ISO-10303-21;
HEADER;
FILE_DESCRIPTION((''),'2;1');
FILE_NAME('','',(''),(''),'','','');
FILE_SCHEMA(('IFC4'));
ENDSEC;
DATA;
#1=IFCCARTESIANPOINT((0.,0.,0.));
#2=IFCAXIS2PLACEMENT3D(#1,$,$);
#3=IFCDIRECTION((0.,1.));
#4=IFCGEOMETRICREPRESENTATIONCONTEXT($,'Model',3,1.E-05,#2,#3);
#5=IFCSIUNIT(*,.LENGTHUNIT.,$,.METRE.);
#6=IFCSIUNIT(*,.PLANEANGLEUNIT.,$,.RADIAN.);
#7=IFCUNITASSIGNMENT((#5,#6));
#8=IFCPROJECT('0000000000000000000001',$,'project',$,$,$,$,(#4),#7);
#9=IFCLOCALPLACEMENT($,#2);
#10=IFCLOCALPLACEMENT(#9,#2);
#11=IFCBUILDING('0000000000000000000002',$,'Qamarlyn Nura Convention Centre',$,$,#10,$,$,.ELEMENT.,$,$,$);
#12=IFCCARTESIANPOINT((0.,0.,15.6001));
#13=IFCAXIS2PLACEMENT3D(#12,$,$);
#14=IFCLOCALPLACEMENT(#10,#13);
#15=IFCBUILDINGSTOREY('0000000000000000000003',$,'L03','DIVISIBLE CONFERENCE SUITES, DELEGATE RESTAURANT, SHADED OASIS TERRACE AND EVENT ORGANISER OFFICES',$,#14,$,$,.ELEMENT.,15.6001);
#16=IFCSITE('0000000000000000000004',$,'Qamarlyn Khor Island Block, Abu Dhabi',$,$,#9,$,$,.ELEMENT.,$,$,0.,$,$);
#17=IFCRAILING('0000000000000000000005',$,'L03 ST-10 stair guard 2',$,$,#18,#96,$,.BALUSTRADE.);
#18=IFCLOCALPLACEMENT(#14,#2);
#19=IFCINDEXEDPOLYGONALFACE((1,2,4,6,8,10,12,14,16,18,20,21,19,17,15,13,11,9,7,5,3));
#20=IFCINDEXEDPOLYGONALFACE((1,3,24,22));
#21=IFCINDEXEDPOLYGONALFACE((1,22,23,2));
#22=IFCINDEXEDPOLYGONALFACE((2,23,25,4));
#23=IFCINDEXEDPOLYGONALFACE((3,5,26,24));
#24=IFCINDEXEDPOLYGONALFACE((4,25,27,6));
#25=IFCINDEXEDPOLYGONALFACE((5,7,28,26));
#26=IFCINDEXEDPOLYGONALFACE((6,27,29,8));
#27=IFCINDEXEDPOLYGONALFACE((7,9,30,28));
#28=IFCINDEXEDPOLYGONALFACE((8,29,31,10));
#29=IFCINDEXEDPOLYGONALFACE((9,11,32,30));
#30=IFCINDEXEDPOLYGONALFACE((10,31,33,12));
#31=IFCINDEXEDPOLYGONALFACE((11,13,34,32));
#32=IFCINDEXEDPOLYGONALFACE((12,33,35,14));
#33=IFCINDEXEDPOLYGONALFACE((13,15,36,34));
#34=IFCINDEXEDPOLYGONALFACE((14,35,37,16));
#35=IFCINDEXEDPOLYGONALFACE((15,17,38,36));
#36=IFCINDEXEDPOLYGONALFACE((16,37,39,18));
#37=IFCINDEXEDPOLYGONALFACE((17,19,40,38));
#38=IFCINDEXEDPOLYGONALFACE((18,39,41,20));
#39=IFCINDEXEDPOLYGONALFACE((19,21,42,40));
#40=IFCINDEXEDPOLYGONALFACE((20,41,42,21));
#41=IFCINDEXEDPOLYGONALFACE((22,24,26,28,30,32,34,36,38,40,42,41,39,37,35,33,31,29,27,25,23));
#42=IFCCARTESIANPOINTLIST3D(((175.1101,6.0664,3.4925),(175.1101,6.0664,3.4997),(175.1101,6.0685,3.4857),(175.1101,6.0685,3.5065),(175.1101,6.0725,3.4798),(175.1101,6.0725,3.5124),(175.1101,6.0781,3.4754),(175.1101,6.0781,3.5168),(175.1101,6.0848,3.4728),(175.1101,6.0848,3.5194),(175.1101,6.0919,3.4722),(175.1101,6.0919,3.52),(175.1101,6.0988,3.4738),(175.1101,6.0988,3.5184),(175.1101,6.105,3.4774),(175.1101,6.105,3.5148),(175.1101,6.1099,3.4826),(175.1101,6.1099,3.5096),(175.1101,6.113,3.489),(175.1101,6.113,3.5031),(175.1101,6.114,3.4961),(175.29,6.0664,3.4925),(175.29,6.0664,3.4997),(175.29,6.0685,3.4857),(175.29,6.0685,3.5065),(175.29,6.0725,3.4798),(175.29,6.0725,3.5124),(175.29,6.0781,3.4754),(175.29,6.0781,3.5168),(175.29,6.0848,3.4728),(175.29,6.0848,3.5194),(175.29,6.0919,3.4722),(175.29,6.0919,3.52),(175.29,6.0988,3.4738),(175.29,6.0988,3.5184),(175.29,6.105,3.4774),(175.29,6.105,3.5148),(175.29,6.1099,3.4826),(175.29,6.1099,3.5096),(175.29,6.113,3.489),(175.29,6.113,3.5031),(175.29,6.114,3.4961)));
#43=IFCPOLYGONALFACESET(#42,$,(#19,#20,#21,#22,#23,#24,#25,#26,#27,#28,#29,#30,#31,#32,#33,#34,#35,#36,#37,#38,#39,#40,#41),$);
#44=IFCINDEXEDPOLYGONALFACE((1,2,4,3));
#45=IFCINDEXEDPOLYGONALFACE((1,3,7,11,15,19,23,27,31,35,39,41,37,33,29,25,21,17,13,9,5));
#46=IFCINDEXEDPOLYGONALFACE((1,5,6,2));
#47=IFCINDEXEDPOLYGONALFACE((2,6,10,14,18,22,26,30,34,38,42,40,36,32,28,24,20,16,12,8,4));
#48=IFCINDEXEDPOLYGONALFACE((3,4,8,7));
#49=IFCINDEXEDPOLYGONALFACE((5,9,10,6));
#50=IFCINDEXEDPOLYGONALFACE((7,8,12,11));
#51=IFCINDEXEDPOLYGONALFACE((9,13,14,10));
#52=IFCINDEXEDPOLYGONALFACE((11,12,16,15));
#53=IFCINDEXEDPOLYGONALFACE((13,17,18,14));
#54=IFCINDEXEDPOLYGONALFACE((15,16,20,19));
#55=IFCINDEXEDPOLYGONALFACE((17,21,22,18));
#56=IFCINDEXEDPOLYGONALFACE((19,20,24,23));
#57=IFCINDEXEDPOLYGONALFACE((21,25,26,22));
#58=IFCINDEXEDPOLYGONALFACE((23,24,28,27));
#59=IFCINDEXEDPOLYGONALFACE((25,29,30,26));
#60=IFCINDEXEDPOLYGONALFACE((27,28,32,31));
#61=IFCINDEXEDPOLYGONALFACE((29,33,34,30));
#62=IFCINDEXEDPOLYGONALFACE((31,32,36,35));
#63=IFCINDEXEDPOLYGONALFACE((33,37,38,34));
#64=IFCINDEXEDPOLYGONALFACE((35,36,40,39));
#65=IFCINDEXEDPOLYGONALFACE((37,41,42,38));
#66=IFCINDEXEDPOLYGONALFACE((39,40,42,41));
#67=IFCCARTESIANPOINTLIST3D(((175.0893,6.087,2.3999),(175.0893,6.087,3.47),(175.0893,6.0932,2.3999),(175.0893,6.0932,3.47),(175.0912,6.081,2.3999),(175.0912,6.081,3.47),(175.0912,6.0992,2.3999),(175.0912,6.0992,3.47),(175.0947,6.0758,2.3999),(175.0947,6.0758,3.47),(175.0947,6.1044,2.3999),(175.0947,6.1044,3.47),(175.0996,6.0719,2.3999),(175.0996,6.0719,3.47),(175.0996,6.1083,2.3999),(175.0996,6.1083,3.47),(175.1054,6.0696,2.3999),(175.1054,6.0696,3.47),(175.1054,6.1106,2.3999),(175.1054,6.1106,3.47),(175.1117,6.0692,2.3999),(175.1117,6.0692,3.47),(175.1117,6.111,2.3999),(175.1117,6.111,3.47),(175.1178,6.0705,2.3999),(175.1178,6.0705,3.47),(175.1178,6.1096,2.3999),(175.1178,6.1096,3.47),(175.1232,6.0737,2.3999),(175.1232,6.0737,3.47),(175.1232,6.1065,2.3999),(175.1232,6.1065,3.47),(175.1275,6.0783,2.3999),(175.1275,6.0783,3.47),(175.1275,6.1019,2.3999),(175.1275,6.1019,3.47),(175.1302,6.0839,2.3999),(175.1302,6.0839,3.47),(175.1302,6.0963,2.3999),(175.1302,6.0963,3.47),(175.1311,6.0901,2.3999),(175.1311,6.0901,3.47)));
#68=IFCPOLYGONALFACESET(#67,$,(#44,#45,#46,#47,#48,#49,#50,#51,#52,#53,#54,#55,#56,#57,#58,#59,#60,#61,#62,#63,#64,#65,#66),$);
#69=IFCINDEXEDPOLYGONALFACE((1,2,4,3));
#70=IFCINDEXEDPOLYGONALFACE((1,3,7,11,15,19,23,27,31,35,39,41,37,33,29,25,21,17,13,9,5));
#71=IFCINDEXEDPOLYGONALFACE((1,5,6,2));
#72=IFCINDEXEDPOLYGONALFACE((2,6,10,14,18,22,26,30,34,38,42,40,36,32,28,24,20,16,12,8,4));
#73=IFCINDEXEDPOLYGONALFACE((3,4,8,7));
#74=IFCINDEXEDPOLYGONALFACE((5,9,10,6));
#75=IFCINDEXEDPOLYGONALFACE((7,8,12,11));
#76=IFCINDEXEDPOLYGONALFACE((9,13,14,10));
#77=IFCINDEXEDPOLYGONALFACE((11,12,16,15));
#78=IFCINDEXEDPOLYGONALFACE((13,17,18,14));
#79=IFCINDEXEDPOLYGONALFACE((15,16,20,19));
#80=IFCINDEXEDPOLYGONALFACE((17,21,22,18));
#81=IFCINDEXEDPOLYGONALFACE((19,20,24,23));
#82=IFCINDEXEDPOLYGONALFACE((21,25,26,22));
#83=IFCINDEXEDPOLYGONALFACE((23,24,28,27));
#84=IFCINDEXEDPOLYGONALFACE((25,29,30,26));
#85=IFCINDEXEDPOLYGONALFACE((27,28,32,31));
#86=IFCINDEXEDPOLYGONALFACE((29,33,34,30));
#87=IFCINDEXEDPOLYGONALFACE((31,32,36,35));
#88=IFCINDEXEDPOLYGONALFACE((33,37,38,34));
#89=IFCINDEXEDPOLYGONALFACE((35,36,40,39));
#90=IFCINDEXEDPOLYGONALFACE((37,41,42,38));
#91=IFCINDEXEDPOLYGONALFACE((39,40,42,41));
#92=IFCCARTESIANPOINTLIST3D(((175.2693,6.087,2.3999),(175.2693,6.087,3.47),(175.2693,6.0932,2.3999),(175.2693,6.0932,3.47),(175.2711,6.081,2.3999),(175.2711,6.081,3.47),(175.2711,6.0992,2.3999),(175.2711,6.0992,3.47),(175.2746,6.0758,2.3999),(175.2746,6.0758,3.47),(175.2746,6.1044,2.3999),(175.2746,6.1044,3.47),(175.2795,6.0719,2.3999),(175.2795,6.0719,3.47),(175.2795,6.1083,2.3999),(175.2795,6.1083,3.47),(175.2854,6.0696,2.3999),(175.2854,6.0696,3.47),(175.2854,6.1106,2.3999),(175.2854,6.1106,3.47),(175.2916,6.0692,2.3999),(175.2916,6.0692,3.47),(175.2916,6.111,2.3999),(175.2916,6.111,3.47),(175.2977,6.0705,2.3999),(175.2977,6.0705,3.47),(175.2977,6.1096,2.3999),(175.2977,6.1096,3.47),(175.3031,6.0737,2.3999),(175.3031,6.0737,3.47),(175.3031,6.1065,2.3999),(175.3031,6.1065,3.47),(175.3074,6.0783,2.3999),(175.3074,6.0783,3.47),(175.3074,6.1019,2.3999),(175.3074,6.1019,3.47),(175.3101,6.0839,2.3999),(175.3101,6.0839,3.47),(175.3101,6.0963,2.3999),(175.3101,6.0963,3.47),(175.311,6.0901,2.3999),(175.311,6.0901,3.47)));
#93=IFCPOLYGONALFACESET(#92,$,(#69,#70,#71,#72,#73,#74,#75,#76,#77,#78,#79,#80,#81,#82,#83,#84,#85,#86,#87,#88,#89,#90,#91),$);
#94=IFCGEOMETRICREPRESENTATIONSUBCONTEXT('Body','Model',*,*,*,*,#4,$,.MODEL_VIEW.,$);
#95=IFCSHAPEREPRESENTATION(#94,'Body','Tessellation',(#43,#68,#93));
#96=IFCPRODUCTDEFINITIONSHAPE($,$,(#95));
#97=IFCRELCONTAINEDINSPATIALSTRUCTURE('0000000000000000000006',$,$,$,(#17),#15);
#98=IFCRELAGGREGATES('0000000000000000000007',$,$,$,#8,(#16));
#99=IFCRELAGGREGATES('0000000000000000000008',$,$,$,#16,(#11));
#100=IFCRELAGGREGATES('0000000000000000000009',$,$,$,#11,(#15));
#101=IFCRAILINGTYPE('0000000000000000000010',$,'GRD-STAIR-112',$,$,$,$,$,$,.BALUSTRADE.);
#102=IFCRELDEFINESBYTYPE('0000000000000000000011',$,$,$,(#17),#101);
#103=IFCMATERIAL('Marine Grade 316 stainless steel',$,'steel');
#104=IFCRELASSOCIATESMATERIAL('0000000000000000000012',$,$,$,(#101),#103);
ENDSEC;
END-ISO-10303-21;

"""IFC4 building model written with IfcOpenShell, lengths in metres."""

from ifc_helpers import new_model, si_unit, direction, frame, origin, origin_2d, place, context, subcontext, project, spatial, circle, extrude, material, type_object, element, save


model = new_model("IFC4")

# Units and contexts
model_context = context("Model", 3, precision=1e-05, world=origin(), true_north=direction((0.0, 1.0)))
body_context = subcontext(model_context, "Body", "Model", "MODEL_VIEW")
ifc_project = project(units=[si_unit("LENGTHUNIT", "METRE"), si_unit("PLANEANGLEUNIT", "RADIAN")], contexts=[model_context])

# Site, building, storey
site_placement = place(None, origin())
site = spatial("IfcSite", under=ifc_project, at=site_placement, Name="Qamarlyn Khor Island Block, Abu Dhabi", CompositionType="ELEMENT", RefElevation=0.0)
building_placement = place(site_placement, origin())
building = spatial("IfcBuilding", under=site, at=building_placement, Name="Qamarlyn Nura Convention Centre", CompositionType="ELEMENT")
storey_placement = place(building_placement, frame((0.0, 0.0, 15.6001)))
storey = spatial("IfcBuildingStorey", under=building, at=storey_placement, Name="L03", Description="DIVISIBLE CONFERENCE SUITES, DELEGATE RESTAURANT, SHADED OASIS TERRACE AND EVENT ORGANISER OFFICES", CompositionType="ELEMENT", Elevation=15.6001)

# Railing
ifc_material_1 = material(Name="Marine Grade 316 stainless steel", Category="steel")
railing_type_1 = type_object("IfcRailingType", Name="GRD-STAIR-112", PredefinedType="BALUSTRADE", material=ifc_material_1)
railing_1_placement = place(storey_placement, frame((175.1101, 6.0901, 2.3999)))
element("IfcRailing", 1, at=railing_1_placement, inside=storey, type_object=railing_type_1, Name="L03 ST-10 stair guard 2", PredefinedType="BALUSTRADE", context=body_context, shape_type="SweptSolid", body=[
    extrude(circle(Radius=0.0239, at=origin_2d()), frame((0.0, 0.0, 1.0962), z_axis=(1.0, 0.0, 0.0), x_axis=(0.0, 1.0, 0.0)), (0.0, 0.0, 1.0), 0.1799),
    extrude(circle(Radius=0.021, at=origin_2d()), origin(), (0.0, 0.0, 1.0), 1.0701),
    extrude(circle(Radius=0.021, at=origin_2d()), frame((0.1799, 0.0, 0.0)), (0.0, 0.0, 1.0), 1.0701),
])

save(model, "model.ifc")
